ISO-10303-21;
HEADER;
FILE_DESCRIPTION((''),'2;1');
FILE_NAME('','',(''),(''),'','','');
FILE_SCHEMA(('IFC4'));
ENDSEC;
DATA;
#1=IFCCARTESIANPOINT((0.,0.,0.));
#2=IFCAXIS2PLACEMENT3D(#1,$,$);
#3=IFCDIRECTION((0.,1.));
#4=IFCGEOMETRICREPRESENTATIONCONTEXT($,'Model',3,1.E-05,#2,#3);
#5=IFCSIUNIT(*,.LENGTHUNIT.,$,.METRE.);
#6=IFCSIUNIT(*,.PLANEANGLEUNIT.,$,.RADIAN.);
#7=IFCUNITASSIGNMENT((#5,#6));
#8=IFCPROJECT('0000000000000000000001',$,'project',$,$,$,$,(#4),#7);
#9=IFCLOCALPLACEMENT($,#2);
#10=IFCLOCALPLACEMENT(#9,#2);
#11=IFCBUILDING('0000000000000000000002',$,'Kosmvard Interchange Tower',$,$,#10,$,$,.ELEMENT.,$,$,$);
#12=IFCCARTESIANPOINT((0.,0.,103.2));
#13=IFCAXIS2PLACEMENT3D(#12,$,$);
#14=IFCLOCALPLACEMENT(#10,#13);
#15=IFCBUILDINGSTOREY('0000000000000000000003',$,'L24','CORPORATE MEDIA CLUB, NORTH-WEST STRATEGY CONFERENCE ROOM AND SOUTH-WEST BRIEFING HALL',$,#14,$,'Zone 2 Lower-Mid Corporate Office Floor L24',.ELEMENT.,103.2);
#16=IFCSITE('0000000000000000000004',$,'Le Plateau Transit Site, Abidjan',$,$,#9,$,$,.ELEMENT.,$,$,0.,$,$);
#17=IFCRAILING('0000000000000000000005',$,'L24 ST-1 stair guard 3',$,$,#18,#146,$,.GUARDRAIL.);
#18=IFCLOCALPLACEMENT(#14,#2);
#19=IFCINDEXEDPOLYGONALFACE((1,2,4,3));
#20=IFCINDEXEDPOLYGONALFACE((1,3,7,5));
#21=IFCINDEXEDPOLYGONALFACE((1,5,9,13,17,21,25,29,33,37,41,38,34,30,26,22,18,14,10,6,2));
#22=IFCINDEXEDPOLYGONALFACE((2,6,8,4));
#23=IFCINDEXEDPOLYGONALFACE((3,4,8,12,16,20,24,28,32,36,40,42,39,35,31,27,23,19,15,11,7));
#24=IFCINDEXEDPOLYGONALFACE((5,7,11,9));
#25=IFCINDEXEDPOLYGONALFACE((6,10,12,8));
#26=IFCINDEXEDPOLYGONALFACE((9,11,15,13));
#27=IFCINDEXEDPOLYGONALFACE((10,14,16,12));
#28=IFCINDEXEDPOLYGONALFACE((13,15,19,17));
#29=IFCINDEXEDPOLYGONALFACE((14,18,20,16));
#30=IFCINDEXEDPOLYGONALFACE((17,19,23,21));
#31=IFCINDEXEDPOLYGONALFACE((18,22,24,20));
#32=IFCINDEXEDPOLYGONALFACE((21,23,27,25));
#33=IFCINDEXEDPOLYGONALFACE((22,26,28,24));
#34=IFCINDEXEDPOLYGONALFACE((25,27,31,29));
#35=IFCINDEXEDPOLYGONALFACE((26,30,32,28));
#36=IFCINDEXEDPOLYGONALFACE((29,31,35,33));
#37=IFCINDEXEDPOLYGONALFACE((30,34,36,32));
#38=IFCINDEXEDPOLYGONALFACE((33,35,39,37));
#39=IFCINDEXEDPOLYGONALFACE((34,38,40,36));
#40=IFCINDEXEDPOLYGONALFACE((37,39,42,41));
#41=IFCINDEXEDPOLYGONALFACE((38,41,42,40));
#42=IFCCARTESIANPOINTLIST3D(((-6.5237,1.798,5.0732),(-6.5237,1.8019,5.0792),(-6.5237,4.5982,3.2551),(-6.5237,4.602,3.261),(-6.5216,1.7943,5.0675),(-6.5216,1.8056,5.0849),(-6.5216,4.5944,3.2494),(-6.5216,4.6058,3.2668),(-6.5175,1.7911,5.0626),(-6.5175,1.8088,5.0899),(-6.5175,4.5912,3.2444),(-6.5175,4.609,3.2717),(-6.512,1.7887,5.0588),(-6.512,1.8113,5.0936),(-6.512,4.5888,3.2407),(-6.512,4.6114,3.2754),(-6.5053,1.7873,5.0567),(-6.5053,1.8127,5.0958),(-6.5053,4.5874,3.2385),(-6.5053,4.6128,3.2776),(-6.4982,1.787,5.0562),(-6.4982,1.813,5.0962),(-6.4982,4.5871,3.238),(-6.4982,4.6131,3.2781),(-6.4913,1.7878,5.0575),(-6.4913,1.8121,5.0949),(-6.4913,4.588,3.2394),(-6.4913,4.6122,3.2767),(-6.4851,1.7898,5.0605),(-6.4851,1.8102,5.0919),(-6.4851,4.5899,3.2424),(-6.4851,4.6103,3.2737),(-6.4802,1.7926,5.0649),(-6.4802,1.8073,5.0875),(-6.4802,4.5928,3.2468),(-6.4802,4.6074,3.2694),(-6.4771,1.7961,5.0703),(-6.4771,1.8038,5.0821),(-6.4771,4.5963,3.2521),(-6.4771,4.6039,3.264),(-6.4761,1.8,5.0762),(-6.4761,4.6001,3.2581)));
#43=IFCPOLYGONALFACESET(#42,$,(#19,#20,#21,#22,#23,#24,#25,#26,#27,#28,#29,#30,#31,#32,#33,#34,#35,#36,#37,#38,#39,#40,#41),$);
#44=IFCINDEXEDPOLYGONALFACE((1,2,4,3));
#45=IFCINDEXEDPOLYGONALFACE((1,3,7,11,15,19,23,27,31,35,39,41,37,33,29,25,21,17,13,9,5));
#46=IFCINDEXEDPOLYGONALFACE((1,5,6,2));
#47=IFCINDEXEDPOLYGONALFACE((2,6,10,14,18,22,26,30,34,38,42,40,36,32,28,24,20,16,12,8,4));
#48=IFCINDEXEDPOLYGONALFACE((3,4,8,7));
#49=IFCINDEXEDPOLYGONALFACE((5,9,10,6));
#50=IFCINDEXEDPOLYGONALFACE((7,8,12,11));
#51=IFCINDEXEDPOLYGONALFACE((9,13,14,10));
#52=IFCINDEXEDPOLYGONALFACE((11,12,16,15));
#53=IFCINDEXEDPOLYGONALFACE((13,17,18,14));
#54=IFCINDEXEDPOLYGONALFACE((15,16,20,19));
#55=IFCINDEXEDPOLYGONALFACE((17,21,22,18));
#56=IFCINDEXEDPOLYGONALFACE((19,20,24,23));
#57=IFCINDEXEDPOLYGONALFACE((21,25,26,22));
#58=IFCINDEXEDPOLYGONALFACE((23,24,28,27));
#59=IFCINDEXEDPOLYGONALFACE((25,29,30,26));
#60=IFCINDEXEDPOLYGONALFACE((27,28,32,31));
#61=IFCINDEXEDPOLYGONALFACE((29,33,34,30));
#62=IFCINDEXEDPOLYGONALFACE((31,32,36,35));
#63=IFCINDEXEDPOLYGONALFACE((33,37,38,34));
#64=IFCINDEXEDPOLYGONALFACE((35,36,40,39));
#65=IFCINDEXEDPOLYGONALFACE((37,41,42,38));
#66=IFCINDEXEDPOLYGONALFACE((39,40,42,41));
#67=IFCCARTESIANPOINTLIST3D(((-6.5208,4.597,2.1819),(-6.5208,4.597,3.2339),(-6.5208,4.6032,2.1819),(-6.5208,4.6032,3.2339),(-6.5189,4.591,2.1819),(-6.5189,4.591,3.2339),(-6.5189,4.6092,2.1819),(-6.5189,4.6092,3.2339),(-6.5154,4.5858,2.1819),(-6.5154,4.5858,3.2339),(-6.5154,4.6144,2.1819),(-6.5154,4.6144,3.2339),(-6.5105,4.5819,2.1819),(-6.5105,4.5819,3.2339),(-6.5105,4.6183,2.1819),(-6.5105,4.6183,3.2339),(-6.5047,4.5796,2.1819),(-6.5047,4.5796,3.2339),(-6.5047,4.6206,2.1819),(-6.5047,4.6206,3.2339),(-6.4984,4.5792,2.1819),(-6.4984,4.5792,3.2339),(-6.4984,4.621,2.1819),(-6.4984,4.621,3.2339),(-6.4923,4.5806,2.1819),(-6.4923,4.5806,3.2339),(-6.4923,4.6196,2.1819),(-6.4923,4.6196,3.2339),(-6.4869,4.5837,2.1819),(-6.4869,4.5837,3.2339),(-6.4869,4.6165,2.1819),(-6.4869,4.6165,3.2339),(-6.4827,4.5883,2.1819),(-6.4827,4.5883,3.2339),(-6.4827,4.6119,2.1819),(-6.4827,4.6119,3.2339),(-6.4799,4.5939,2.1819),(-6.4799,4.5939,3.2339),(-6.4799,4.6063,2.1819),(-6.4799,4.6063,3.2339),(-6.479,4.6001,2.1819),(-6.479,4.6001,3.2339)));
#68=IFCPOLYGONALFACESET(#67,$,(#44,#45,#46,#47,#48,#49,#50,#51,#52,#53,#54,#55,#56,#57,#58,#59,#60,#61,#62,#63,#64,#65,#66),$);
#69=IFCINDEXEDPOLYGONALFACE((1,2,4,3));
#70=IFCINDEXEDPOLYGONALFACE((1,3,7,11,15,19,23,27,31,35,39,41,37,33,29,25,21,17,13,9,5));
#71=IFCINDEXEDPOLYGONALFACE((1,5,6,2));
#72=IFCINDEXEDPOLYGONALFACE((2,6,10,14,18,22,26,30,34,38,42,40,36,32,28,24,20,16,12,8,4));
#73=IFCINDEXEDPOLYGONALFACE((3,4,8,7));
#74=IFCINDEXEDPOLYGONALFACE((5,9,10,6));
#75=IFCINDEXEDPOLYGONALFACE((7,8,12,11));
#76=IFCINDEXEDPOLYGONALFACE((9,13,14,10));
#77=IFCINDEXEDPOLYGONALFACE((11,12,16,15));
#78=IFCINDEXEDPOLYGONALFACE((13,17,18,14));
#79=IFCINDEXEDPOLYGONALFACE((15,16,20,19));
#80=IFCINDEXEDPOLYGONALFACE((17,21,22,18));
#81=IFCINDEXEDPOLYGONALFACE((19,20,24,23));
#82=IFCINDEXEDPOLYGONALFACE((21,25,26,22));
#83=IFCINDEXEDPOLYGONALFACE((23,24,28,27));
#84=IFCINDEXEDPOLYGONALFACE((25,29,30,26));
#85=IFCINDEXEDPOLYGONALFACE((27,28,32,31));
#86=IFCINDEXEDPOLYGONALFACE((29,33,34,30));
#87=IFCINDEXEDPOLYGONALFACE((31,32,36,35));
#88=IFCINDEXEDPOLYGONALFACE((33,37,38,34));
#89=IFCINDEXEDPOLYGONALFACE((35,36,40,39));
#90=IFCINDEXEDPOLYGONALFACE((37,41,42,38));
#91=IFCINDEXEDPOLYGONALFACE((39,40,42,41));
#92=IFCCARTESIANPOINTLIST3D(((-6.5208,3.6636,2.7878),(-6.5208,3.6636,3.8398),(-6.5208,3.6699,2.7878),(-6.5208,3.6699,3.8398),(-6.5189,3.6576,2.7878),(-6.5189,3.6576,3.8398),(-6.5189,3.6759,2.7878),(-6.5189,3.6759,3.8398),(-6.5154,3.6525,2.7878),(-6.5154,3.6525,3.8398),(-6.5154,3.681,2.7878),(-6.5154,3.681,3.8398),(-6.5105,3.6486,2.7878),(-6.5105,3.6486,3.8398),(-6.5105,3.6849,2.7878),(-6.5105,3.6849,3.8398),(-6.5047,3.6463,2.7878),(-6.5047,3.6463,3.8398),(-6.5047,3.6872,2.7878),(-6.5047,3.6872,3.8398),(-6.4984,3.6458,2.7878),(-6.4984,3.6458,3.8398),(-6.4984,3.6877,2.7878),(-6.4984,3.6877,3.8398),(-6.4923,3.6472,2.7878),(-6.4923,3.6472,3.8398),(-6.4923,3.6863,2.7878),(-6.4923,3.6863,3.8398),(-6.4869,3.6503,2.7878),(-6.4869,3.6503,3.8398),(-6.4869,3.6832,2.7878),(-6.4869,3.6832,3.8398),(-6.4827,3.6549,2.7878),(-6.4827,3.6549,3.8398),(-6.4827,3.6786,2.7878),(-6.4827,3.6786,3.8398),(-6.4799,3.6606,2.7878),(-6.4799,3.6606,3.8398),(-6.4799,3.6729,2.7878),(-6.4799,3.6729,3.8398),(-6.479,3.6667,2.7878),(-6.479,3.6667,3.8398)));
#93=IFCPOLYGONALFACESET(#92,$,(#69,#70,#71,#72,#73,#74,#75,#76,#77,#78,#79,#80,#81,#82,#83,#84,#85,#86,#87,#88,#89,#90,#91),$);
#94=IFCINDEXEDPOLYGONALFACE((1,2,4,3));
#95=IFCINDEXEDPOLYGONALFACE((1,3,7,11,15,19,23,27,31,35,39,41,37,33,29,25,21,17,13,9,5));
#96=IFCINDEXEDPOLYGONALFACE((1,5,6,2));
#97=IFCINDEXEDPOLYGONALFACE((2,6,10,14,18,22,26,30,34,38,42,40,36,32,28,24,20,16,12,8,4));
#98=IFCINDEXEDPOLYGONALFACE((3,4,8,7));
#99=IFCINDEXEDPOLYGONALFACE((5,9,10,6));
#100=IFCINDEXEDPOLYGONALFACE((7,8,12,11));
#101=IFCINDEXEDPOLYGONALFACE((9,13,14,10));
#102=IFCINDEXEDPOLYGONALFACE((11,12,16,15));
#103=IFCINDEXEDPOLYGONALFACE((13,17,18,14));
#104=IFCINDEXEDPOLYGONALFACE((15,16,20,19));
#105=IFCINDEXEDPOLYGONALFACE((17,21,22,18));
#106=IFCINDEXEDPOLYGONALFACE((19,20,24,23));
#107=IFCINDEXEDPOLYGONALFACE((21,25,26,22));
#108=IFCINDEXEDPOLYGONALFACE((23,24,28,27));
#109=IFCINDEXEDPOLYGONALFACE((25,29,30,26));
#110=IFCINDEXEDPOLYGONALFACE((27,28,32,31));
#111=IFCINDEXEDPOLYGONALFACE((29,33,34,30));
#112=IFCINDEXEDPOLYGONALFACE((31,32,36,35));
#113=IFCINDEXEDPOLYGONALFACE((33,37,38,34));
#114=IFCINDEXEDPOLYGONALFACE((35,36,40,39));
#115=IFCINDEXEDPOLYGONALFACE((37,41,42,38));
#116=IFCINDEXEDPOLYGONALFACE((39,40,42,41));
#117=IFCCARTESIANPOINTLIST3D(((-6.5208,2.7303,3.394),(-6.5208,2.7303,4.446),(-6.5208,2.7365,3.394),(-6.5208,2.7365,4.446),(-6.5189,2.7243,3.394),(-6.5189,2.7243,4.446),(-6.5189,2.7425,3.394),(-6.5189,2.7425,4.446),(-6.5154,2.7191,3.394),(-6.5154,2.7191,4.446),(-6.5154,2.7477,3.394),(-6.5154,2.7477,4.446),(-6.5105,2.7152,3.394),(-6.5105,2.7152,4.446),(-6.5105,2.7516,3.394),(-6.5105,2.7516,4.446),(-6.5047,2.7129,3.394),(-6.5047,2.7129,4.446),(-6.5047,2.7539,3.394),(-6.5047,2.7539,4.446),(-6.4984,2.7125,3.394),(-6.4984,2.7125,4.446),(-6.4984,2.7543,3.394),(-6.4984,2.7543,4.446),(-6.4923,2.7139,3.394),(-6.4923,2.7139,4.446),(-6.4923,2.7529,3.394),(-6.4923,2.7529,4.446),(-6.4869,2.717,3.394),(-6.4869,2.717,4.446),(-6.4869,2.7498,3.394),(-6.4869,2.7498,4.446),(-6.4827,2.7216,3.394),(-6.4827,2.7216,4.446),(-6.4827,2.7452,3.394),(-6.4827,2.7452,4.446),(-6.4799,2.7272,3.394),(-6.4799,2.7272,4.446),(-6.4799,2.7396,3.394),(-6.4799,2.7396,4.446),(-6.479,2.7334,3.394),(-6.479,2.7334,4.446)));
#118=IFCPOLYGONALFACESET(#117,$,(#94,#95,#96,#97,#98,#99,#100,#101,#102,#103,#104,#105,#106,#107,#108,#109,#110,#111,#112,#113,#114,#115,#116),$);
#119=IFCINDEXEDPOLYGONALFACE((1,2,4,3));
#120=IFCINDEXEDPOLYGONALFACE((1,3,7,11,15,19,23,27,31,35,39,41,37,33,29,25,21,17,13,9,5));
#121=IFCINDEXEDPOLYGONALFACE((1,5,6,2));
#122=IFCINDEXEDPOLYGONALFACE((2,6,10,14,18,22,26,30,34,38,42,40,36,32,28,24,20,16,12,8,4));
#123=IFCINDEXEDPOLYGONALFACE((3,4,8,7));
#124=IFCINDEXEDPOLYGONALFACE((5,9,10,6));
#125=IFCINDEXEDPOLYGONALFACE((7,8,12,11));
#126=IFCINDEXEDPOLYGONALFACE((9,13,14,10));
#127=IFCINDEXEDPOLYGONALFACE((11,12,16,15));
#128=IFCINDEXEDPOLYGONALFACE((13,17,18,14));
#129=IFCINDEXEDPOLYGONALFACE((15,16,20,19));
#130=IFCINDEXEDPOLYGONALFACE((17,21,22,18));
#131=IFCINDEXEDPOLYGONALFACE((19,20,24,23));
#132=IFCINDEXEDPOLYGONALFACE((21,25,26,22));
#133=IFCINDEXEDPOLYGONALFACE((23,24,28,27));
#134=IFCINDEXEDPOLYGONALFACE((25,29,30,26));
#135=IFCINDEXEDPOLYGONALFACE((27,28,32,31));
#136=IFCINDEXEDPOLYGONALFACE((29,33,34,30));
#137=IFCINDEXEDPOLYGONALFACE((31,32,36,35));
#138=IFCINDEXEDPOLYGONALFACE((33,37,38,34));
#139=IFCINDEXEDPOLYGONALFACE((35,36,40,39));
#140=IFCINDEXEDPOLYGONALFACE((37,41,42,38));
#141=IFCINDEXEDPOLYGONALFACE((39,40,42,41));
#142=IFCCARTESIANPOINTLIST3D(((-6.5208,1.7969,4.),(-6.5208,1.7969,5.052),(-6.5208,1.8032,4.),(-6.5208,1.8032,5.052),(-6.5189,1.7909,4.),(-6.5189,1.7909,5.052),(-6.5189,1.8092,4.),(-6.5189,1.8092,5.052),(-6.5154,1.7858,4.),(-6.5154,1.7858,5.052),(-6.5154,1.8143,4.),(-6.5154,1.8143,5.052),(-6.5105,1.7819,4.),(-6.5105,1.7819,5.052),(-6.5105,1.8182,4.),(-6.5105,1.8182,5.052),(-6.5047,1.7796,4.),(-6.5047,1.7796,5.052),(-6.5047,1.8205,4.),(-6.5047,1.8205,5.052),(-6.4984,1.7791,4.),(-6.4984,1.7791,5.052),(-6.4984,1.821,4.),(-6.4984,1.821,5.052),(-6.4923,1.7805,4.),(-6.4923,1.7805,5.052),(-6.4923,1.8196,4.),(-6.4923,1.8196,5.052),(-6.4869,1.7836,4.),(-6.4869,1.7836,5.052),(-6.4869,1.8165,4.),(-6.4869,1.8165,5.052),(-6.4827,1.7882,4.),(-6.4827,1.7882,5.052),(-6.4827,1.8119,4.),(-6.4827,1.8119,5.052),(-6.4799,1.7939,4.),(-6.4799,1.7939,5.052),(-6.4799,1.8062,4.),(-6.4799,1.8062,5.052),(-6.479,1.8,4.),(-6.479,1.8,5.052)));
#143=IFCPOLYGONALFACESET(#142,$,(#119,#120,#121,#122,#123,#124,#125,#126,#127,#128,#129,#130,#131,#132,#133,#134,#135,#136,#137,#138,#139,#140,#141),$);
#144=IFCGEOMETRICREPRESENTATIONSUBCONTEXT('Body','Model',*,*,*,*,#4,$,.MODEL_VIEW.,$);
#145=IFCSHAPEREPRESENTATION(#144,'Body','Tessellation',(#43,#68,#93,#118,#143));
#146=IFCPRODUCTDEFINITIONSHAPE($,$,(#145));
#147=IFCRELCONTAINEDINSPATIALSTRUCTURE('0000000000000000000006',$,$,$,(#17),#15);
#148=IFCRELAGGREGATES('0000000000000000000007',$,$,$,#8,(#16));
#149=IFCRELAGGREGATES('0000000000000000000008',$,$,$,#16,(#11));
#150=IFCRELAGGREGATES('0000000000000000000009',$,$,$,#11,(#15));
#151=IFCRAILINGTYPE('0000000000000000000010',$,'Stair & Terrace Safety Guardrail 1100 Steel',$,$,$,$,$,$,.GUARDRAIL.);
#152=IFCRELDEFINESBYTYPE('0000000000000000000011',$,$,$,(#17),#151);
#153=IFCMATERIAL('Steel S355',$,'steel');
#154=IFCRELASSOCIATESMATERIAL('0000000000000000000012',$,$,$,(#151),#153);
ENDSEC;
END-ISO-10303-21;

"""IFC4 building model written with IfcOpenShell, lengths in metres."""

from ifc_helpers import new_model, si_unit, direction, frame, origin, origin_2d, place, context, subcontext, project, spatial, circle, extrude, source, transform, mapped, material, type_object, element, save


model = new_model("IFC4")

# Units and contexts
model_context = context("Model", 3, precision=1e-05, world=origin(), true_north=direction((0.0, 1.0)))
body_context = subcontext(model_context, "Body", "Model", "MODEL_VIEW")
ifc_project = project(units=[si_unit("LENGTHUNIT", "METRE"), si_unit("PLANEANGLEUNIT", "RADIAN")], contexts=[model_context])

# Site, building, storey
site_placement = place(None, origin())
site = spatial("IfcSite", under=ifc_project, at=site_placement, Name="Le Plateau Transit Site, Abidjan", CompositionType="ELEMENT", RefElevation=0.0)
building_placement = place(site_placement, origin())
building = spatial("IfcBuilding", under=site, at=building_placement, Name="Kosmvard Interchange Tower", CompositionType="ELEMENT")
storey_placement = place(building_placement, frame((0.0, 0.0, 103.2)))
storey = spatial("IfcBuildingStorey", under=building, at=storey_placement, Name="L24", Description="CORPORATE MEDIA CLUB, NORTH-WEST STRATEGY CONFERENCE ROOM AND SOUTH-WEST BRIEFING HALL", LongName="Zone 2 Lower-Mid Corporate Office Floor L24", CompositionType="ELEMENT", Elevation=103.2)

# Shared definitions
ifc_material_1 = material(Name="Steel S355", Category="steel")

# Railing
railing_type_1 = type_object("IfcRailingType", Name="Stair & Terrace Safety Guardrail 1100 Steel", PredefinedType="GUARDRAIL", material=ifc_material_1)
shared_shape_1 = source(origin(), body_context, "Body", "SweptSolid", [
    extrude(circle(Radius=0.0239, at=origin_2d()), frame((0.0, 0.0, 1.0762), z_axis=(0.0, -0.838706, 0.544585), x_axis=(1.0, 0.0, 0.0)), (0.0, 0.0, 1.0), 3.3386),
    extrude(circle(Radius=0.021, at=origin_2d()), origin(), (0.0, 0.0, 1.0), 1.052),
    extrude(circle(Radius=0.021, at=origin_2d()), frame((0.0, -0.9333, 0.606)), (0.0, 0.0, 1.0), 1.052),
    extrude(circle(Radius=0.021, at=origin_2d()), frame((0.0, -1.8667, 1.2122)), (0.0, 0.0, 1.0), 1.052),
    extrude(circle(Radius=0.021, at=origin_2d()), frame((0.0, -2.8, 1.8181)), (0.0, 0.0, 1.0), 1.052),
])
railing_1_placement = place(storey_placement, frame((-6.5, 4.6001, 2.1819)))
element("IfcRailing", 1, at=railing_1_placement, inside=storey, type_object=railing_type_1, Name="L24 ST-1 stair guard 3", PredefinedType="GUARDRAIL", context=body_context, shape_type="MappedRepresentation", body=[
    mapped(shared_shape_1, transform((0.0, 0.0, 0.0), scale=1.0)),
])

save(model, "model.ifc")
